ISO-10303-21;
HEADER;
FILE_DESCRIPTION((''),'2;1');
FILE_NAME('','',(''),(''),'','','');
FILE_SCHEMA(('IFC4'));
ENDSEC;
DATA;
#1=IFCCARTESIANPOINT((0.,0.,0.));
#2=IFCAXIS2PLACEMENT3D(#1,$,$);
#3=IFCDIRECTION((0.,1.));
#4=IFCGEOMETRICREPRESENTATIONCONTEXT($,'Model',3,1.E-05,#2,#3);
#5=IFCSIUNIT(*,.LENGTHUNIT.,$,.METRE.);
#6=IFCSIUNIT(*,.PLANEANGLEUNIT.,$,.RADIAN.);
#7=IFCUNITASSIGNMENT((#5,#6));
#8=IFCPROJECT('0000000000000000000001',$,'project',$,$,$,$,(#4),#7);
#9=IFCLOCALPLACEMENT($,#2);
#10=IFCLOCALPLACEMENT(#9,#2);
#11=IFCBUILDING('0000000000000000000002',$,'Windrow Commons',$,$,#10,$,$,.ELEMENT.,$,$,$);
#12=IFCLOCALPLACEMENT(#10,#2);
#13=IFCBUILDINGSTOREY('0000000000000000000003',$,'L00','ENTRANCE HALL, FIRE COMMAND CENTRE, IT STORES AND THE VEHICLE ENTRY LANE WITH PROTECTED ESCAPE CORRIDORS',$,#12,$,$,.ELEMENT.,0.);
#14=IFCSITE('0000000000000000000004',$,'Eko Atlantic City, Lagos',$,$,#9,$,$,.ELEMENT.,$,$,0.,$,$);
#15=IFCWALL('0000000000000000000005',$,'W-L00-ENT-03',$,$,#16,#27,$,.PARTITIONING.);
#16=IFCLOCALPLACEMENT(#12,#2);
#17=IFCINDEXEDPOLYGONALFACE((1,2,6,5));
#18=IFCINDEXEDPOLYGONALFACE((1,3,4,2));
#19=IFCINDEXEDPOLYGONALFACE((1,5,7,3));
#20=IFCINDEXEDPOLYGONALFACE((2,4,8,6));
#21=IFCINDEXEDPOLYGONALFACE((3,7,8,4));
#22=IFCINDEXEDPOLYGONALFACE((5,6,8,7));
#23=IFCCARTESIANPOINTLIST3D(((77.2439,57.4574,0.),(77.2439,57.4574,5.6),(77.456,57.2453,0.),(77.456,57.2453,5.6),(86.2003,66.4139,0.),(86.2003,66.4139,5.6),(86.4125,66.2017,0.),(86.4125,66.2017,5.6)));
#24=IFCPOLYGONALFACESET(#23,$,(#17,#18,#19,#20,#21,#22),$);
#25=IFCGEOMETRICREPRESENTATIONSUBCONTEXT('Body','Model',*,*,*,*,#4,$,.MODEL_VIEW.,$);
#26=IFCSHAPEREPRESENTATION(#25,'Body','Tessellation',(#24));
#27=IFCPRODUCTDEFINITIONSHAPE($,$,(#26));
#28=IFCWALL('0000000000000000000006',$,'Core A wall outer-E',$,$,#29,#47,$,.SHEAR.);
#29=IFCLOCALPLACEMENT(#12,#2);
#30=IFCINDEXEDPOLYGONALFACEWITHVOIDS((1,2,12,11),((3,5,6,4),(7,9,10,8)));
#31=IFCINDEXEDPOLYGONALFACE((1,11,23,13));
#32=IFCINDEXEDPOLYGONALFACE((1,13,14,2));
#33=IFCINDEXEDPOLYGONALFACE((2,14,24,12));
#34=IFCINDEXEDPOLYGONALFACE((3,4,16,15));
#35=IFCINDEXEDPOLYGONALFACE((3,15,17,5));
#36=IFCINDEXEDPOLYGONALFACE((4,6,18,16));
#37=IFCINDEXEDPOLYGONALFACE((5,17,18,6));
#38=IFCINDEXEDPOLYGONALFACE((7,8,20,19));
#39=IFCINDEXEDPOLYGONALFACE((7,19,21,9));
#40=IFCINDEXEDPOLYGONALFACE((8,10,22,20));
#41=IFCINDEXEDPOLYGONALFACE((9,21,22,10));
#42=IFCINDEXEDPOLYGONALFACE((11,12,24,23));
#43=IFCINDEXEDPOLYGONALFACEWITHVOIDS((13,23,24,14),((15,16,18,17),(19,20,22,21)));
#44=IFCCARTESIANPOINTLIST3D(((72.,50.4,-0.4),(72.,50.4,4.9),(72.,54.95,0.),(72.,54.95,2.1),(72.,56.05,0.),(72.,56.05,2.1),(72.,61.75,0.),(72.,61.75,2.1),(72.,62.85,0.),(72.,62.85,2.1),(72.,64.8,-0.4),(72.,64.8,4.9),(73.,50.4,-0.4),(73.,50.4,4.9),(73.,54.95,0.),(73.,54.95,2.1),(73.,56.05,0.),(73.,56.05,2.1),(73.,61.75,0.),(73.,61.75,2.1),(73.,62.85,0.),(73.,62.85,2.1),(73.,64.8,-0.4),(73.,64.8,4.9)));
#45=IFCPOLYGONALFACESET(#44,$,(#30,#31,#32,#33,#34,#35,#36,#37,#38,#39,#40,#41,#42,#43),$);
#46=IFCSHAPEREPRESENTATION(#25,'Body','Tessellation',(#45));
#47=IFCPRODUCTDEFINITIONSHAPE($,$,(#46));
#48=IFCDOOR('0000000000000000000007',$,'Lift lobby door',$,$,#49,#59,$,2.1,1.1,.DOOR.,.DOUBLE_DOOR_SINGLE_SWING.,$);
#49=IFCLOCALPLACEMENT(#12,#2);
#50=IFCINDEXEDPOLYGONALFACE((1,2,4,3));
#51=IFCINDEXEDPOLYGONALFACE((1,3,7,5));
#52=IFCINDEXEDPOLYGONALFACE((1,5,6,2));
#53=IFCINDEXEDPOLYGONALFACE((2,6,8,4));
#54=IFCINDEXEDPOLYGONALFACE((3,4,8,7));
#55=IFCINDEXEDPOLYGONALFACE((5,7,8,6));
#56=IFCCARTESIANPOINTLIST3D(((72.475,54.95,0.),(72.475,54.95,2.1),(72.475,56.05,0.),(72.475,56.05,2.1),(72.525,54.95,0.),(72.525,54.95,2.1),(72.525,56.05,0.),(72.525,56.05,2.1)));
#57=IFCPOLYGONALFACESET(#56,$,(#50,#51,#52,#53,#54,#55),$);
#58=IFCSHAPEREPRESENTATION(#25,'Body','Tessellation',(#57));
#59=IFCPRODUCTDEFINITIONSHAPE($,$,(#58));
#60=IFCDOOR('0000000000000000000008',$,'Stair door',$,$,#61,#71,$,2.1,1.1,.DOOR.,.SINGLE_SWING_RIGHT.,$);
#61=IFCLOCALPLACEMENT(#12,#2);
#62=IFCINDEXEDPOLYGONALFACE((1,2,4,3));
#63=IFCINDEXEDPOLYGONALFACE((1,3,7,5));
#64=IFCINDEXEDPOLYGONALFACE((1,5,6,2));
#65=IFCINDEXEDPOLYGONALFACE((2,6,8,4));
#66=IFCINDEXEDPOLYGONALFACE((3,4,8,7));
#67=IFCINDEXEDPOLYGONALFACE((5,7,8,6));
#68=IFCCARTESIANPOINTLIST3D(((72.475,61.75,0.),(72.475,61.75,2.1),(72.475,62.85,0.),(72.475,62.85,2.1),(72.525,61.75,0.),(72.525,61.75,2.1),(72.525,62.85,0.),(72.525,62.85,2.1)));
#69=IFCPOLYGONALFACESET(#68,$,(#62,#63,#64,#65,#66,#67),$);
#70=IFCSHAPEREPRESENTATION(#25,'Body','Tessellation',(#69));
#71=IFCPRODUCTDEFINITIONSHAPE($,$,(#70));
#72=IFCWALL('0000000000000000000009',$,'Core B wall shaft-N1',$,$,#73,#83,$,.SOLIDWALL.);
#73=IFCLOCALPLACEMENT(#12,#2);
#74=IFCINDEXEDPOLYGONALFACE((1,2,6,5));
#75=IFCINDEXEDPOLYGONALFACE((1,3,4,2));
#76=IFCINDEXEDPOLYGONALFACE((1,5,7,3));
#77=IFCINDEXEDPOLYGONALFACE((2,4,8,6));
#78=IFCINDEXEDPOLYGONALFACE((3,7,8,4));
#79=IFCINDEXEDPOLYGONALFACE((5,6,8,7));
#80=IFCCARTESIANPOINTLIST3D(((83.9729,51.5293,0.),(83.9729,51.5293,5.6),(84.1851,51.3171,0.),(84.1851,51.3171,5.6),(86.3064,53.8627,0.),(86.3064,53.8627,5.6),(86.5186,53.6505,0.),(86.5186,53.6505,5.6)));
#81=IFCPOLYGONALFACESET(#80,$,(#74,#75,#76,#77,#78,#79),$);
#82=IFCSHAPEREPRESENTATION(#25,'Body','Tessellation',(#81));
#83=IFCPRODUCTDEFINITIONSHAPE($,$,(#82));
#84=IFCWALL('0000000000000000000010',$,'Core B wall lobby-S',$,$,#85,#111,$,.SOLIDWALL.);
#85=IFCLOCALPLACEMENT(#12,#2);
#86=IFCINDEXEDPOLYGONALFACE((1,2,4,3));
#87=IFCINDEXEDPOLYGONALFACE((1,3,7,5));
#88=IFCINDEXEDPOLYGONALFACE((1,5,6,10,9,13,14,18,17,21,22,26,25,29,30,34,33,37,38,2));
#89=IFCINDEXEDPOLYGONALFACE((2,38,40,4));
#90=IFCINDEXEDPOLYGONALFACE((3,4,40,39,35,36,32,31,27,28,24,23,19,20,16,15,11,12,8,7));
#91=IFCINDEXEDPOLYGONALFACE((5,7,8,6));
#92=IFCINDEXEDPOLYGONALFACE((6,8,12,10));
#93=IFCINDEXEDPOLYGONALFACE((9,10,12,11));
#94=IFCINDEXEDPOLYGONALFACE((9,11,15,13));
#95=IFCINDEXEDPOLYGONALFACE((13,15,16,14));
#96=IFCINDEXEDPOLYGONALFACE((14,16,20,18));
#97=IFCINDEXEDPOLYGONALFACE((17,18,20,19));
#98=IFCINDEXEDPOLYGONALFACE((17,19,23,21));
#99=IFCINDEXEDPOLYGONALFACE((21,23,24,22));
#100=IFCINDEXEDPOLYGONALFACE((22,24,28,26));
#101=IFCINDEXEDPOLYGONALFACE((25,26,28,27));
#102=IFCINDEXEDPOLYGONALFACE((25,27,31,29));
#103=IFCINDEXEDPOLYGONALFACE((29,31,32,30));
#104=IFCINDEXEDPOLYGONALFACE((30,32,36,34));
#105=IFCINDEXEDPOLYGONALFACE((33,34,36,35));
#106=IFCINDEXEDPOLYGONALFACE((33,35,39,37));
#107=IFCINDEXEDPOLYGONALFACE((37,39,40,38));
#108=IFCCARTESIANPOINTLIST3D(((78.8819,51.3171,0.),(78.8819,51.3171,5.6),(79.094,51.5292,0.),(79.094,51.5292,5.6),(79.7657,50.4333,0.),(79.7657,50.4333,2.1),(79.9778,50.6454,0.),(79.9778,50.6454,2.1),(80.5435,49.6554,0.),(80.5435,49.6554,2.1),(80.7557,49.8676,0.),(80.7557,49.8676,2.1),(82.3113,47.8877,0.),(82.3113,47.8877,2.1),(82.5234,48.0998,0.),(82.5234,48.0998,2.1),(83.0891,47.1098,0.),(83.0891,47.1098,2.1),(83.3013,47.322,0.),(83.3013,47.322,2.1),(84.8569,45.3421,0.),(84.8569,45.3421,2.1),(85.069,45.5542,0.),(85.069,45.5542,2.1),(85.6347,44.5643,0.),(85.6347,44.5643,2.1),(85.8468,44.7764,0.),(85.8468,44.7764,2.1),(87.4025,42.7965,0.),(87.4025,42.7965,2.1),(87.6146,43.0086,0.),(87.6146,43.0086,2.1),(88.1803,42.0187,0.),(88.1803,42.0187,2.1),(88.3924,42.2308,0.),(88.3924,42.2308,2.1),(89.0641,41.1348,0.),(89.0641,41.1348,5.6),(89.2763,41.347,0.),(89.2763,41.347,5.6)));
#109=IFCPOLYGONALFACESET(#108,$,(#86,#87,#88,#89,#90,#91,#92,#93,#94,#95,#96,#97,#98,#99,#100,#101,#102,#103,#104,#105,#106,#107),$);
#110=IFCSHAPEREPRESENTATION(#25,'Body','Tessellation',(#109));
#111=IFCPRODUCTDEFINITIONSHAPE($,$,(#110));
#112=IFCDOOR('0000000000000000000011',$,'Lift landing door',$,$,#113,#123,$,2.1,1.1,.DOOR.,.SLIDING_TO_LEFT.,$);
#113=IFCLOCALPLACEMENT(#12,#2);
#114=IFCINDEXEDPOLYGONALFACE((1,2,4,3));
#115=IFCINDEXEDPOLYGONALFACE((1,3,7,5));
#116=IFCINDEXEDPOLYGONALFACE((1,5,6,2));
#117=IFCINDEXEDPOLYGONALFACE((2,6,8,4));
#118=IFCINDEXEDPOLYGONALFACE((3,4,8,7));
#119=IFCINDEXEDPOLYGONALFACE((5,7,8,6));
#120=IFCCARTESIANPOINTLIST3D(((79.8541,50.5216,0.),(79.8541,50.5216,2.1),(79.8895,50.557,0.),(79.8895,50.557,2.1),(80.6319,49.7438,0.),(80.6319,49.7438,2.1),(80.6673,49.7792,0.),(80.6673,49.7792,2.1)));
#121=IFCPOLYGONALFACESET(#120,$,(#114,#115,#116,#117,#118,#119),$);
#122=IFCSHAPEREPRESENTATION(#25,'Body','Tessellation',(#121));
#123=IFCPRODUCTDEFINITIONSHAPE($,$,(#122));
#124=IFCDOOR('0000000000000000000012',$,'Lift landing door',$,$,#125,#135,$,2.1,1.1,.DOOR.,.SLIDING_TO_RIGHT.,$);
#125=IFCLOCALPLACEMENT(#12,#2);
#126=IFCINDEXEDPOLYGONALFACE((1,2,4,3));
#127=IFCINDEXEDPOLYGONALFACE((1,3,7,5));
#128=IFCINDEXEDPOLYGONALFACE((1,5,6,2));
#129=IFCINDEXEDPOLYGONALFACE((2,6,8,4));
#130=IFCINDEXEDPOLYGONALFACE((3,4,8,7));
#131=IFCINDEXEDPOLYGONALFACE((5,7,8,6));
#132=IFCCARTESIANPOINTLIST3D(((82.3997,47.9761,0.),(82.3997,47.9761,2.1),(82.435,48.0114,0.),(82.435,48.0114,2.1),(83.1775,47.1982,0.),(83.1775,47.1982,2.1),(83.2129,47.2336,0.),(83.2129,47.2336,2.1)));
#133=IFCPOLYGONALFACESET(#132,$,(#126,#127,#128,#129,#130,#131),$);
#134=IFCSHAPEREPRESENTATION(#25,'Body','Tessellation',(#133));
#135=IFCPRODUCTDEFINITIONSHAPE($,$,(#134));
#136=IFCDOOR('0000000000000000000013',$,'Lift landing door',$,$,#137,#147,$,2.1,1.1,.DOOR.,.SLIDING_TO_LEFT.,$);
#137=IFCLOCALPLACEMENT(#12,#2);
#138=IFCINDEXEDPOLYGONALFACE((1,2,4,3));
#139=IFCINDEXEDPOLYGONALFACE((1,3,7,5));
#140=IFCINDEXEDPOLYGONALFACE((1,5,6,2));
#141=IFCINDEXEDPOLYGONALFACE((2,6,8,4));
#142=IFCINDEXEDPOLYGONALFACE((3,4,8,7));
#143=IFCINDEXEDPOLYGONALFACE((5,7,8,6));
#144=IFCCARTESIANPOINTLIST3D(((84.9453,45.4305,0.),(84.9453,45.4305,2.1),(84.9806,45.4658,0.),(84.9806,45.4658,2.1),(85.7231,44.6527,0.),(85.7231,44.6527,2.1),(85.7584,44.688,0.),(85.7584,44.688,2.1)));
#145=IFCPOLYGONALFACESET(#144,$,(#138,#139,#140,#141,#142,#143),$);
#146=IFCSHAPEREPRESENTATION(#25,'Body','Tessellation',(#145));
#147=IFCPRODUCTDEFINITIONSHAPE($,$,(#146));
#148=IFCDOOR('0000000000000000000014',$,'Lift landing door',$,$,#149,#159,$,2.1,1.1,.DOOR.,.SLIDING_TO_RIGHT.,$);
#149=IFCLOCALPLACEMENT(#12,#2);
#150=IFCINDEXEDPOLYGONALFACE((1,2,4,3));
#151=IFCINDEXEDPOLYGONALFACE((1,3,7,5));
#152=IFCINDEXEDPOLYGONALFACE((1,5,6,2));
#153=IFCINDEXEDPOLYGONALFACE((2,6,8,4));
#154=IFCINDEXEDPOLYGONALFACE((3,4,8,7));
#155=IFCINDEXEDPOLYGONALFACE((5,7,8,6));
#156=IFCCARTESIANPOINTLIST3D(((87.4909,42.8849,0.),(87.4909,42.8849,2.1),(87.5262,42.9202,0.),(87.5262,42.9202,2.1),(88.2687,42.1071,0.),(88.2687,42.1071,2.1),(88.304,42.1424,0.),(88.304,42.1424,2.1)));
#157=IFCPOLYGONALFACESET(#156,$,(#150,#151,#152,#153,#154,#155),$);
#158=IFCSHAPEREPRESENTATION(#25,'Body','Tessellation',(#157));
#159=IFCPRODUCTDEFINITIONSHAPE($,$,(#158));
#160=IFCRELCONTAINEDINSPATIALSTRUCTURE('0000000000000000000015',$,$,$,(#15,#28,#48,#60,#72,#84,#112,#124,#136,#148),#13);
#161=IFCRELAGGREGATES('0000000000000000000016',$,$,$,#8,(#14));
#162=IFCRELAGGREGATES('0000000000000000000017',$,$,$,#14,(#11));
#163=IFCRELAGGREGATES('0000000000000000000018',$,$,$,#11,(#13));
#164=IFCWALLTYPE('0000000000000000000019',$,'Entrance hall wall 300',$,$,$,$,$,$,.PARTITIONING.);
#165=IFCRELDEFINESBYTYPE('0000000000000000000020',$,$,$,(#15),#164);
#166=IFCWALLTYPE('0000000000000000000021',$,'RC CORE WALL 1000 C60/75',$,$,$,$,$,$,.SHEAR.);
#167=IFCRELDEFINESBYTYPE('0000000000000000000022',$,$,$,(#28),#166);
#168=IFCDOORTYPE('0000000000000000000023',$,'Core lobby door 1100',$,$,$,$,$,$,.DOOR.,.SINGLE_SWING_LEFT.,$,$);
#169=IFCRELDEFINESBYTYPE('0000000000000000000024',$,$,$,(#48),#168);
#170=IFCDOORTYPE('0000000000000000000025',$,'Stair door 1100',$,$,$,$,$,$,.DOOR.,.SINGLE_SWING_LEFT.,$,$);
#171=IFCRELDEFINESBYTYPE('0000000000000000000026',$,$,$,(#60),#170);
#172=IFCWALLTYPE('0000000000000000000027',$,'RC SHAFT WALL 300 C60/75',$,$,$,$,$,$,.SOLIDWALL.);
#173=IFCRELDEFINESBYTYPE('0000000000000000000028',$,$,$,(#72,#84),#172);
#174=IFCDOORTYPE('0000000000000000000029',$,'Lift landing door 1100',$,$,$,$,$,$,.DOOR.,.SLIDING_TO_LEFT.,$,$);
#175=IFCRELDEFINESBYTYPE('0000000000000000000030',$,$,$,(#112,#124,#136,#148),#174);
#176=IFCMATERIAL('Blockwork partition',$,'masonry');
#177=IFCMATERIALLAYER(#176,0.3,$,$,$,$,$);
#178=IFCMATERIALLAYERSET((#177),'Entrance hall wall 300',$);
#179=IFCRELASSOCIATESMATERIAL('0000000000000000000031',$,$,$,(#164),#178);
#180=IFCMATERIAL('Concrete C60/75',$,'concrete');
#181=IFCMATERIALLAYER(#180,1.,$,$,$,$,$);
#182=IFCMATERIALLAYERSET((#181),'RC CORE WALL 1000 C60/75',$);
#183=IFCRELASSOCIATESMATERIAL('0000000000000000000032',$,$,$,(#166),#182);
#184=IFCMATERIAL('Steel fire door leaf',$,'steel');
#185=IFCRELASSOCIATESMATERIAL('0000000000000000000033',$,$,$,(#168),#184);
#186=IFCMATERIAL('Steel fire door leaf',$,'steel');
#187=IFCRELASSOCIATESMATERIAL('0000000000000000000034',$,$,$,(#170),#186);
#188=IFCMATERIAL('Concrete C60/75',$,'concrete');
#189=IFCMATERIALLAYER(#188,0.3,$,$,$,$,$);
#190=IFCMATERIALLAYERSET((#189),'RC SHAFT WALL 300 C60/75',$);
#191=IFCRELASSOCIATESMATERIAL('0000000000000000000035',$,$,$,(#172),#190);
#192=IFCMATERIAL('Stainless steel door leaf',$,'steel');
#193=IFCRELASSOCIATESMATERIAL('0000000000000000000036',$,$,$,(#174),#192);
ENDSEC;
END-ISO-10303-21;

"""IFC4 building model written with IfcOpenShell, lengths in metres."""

from ifc_helpers import new_model, si_unit, direction, frame, frame_2d, origin, place, context, subcontext, project, spatial, rectangle, extrude, material, layer, layer_set, type_object, element, fill, save


model = new_model("IFC4")

# Units and contexts
model_context = context("Model", 3, precision=1e-05, world=origin(), true_north=direction((0.0, 1.0)))
body_context = subcontext(model_context, "Body", "Model", "MODEL_VIEW")
ifc_project = project(units=[si_unit("LENGTHUNIT", "METRE"), si_unit("PLANEANGLEUNIT", "RADIAN")], contexts=[model_context])

# Site, building, storey
site_placement = place(None, origin())
site = spatial("IfcSite", under=ifc_project, at=site_placement, Name="Eko Atlantic City, Lagos", CompositionType="ELEMENT", RefElevation=0.0)
building_placement = place(site_placement, origin())
building = spatial("IfcBuilding", under=site, at=building_placement, Name="Windrow Commons", CompositionType="ELEMENT")
storey_placement = place(building_placement, origin())
storey = spatial("IfcBuildingStorey", under=building, at=storey_placement, Name="L00", Description="ENTRANCE HALL, FIRE COMMAND CENTRE, IT STORES AND THE VEHICLE ENTRY LANE WITH PROTECTED ESCAPE CORRIDORS", CompositionType="ELEMENT", Elevation=0.0)

# Wall
ifc_material_1 = material(Name="Blockwork partition", Category="masonry")
ifc_layer_1 = layer(ifc_material_1, 0.3)
ifc_layer_set_1 = layer_set([ifc_layer_1], Name="Entrance hall wall 300")
wall_type_1 = type_object("IfcWallType", Name="Entrance hall wall 300", PredefinedType="PARTITIONING", material=ifc_layer_set_1)
wall_1_placement = place(storey_placement, frame((77.35, 57.3514, 0.0), z_axis=(0.0, 0.0, 1.0), x_axis=(0.707107, 0.707107, 0.0)))
element("IfcWall", 1, at=wall_1_placement, inside=storey, type_object=wall_type_1, Name="W-L00-ENT-03", PredefinedType="PARTITIONING", context=body_context, shape_type="SweptSolid", body=[
    extrude(rectangle(XDim=12.6663, YDim=0.3, at=frame_2d((6.3331, 0.0))), origin(), (0.0, 0.0, 1.0), 5.6),
])

# Wall, openings, doors
ifc_material_2 = material(Name="Concrete C60/75", Category="concrete")
ifc_layer_2 = layer(ifc_material_2, 1.0)
ifc_layer_set_2 = layer_set([ifc_layer_2], Name="RC CORE WALL 1000 C60/75")
wall_type_2 = type_object("IfcWallType", Name="RC CORE WALL 1000 C60/75", PredefinedType="SHEAR", material=ifc_layer_set_2)
wall_2_placement = place(storey_placement, frame((72.5, 50.4, -0.4), z_axis=(0.0, 0.0, 1.0), x_axis=(0.0, 1.0, 0.0)))
wall_2 = element("IfcWall", 2, at=wall_2_placement, inside=storey, type_object=wall_type_2, Name="Core A wall outer-E", PredefinedType="SHEAR", context=body_context, shape_type="SweptSolid", body=[
    extrude(rectangle(XDim=14.4, YDim=1.0, at=frame_2d((7.2, 0.0))), origin(), (0.0, 0.0, 1.0), 5.3),
])
opening_1_placement = place(wall_2_placement, frame((4.55, 0.0, 0.4)))
opening_1 = element("IfcOpeningElement", 3, at=opening_1_placement, cuts=wall_2, PredefinedType="OPENING", context=body_context, shape_type="SweptSolid", body=[
    extrude(rectangle(XDim=1.1, YDim=2.1, at=frame_2d((0.55, 1.05))), frame((0.0, 0.51, 0.0), z_axis=(0.0, -1.0, 0.0), x_axis=(1.0, 0.0, 0.0)), (0.0, 0.0, 1.0), 1.02),
])
opening_2_placement = place(wall_2_placement, frame((11.35, 0.0, 0.4)))
opening_2 = element("IfcOpeningElement", 4, at=opening_2_placement, cuts=wall_2, PredefinedType="OPENING", context=body_context, shape_type="SweptSolid", body=[
    extrude(rectangle(XDim=1.1, YDim=2.1, at=frame_2d((0.55, 1.05))), frame((0.0, 0.51, 0.0), z_axis=(0.0, -1.0, 0.0), x_axis=(1.0, 0.0, 0.0)), (0.0, 0.0, 1.0), 1.02),
])
ifc_material_3 = material(Name="Steel fire door leaf", Category="steel")
door_type_1 = type_object("IfcDoorType", Name="Core lobby door 1100", OperationType="SINGLE_SWING_LEFT", PredefinedType="DOOR", material=ifc_material_3)
door_1_placement = place(opening_1_placement, origin())
door_1 = element("IfcDoor", 5, at=door_1_placement, inside=storey, type_object=door_type_1, Name="Lift lobby door", OperationType="DOUBLE_DOOR_SINGLE_SWING", OverallHeight=2.1, OverallWidth=1.1, PredefinedType="DOOR", context=body_context, shape_type="SweptSolid", body=[
    extrude(rectangle(XDim=1.1, YDim=2.1, at=frame_2d((0.55, 1.05))), frame((0.0, 0.025, 0.0), z_axis=(0.0, -1.0, 0.0), x_axis=(1.0, 0.0, 0.0)), (0.0, 0.0, 1.0), 0.05),
])
fill(opening_1, door_1)
ifc_material_4 = material(Name="Steel fire door leaf", Category="steel")
door_type_2 = type_object("IfcDoorType", Name="Stair door 1100", OperationType="SINGLE_SWING_LEFT", PredefinedType="DOOR", material=ifc_material_4)
door_2_placement = place(opening_2_placement, origin())
door_2 = element("IfcDoor", 6, at=door_2_placement, inside=storey, type_object=door_type_2, Name="Stair door", OperationType="SINGLE_SWING_RIGHT", OverallHeight=2.1, OverallWidth=1.1, PredefinedType="DOOR", context=body_context, shape_type="SweptSolid", body=[
    extrude(rectangle(XDim=1.1, YDim=2.1, at=frame_2d((0.55, 1.05))), frame((0.0, 0.025, 0.0), z_axis=(0.0, -1.0, 0.0), x_axis=(1.0, 0.0, 0.0)), (0.0, 0.0, 1.0), 0.05),
])
fill(opening_2, door_2)

# Wall
ifc_material_5 = material(Name="Concrete C60/75", Category="concrete")
ifc_layer_3 = layer(ifc_material_5, 0.3)
ifc_layer_set_3 = layer_set([ifc_layer_3], Name="RC SHAFT WALL 300 C60/75")
wall_type_3 = type_object("IfcWallType", Name="RC SHAFT WALL 300 C60/75", PredefinedType="SOLIDWALL", material=ifc_layer_set_3)
wall_3_placement = place(storey_placement, frame((84.079, 51.4232, 0.0), z_axis=(0.0, 0.0, 1.0), x_axis=(0.707122, 0.707092, 0.0)))
element("IfcWall", 7, at=wall_3_placement, inside=storey, type_object=wall_type_3, Name="Core B wall shaft-N1", PredefinedType="SOLIDWALL", context=body_context, shape_type="SweptSolid", body=[
    extrude(rectangle(XDim=3.3, YDim=0.3, at=frame_2d((1.65, 0.0))), origin(), (0.0, 0.0, 1.0), 5.6),
])

# Wall, openings, doors
wall_4_placement = place(storey_placement, frame((78.9879, 51.4232, 0.0), z_axis=(0.0, 0.0, 1.0), x_axis=(0.707107, -0.707107, 0.0)))
wall_4 = element("IfcWall", 8, at=wall_4_placement, inside=storey, type_object=wall_type_3, Name="Core B wall lobby-S", PredefinedType="SOLIDWALL", context=body_context, shape_type="SweptSolid", body=[
    extrude(rectangle(XDim=14.3999, YDim=0.3, at=frame_2d((7.2, 0.0))), origin(), (0.0, 0.0, 1.0), 5.6),
])
opening_3_placement = place(wall_4_placement, frame((1.25, 0.0, 0.0)))
opening_3 = element("IfcOpeningElement", 9, at=opening_3_placement, cuts=wall_4, PredefinedType="OPENING", context=body_context, shape_type="SweptSolid", body=[
    extrude(rectangle(XDim=1.1, YDim=2.1, at=frame_2d((0.55, 1.05))), frame((0.0, 0.16, 0.0), z_axis=(0.0, -1.0, 0.0), x_axis=(1.0, 0.0, 0.0)), (0.0, 0.0, 1.0), 0.32),
])
opening_4_placement = place(wall_4_placement, frame((4.85, 0.0, 0.0)))
opening_4 = element("IfcOpeningElement", 10, at=opening_4_placement, cuts=wall_4, PredefinedType="OPENING", context=body_context, shape_type="SweptSolid", body=[
    extrude(rectangle(XDim=1.1, YDim=2.1, at=frame_2d((0.55, 1.05))), frame((0.0, 0.16, 0.0), z_axis=(0.0, -1.0, 0.0), x_axis=(1.0, 0.0, 0.0)), (0.0, 0.0, 1.0), 0.32),
])
opening_5_placement = place(wall_4_placement, frame((8.45, 0.0, 0.0)))
opening_5 = element("IfcOpeningElement", 11, at=opening_5_placement, cuts=wall_4, PredefinedType="OPENING", context=body_context, shape_type="SweptSolid", body=[
    extrude(rectangle(XDim=1.1, YDim=2.1, at=frame_2d((0.55, 1.05))), frame((0.0, 0.16, 0.0), z_axis=(0.0, -1.0, 0.0), x_axis=(1.0, 0.0, 0.0)), (0.0, 0.0, 1.0), 0.32),
])
opening_6_placement = place(wall_4_placement, frame((12.05, 0.0, 0.0)))
opening_6 = element("IfcOpeningElement", 12, at=opening_6_placement, cuts=wall_4, PredefinedType="OPENING", context=body_context, shape_type="SweptSolid", body=[
    extrude(rectangle(XDim=1.1, YDim=2.1, at=frame_2d((0.55, 1.05))), frame((0.0, 0.16, 0.0), z_axis=(0.0, -1.0, 0.0), x_axis=(1.0, 0.0, 0.0)), (0.0, 0.0, 1.0), 0.32),
])
ifc_material_6 = material(Name="Stainless steel door leaf", Category="steel")
door_type_3 = type_object("IfcDoorType", Name="Lift landing door 1100", OperationType="SLIDING_TO_LEFT", PredefinedType="DOOR", material=ifc_material_6)
door_3_placement = place(opening_3_placement, origin())
door_3 = element("IfcDoor", 13, at=door_3_placement, inside=storey, type_object=door_type_3, Name="Lift landing door", OperationType="SLIDING_TO_LEFT", OverallHeight=2.1, OverallWidth=1.1, PredefinedType="DOOR", context=body_context, shape_type="SweptSolid", body=[
    extrude(rectangle(XDim=1.1, YDim=2.1, at=frame_2d((0.55, 1.05))), frame((0.0, 0.025, 0.0), z_axis=(0.0, -1.0, 0.0), x_axis=(1.0, 0.0, 0.0)), (0.0, 0.0, 1.0), 0.05),
])
fill(opening_3, door_3)
door_4_placement = place(opening_4_placement, origin())
door_4 = element("IfcDoor", 14, at=door_4_placement, inside=storey, type_object=door_type_3, Name="Lift landing door", OperationType="SLIDING_TO_RIGHT", OverallHeight=2.1, OverallWidth=1.1, PredefinedType="DOOR", context=body_context, shape_type="SweptSolid", body=[
    extrude(rectangle(XDim=1.1, YDim=2.1, at=frame_2d((0.55, 1.05))), frame((0.0, 0.025, 0.0), z_axis=(0.0, -1.0, 0.0), x_axis=(1.0, 0.0, 0.0)), (0.0, 0.0, 1.0), 0.05),
])
fill(opening_4, door_4)
door_5_placement = place(opening_5_placement, origin())
door_5 = element("IfcDoor", 15, at=door_5_placement, inside=storey, type_object=door_type_3, Name="Lift landing door", OperationType="SLIDING_TO_LEFT", OverallHeight=2.1, OverallWidth=1.1, PredefinedType="DOOR", context=body_context, shape_type="SweptSolid", body=[
    extrude(rectangle(XDim=1.1, YDim=2.1, at=frame_2d((0.55, 1.05))), frame((0.0, 0.025, 0.0), z_axis=(0.0, -1.0, 0.0), x_axis=(1.0, 0.0, 0.0)), (0.0, 0.0, 1.0), 0.05),
])
fill(opening_5, door_5)
door_6_placement = place(opening_6_placement, origin())
door_6 = element("IfcDoor", 16, at=door_6_placement, inside=storey, type_object=door_type_3, Name="Lift landing door", OperationType="SLIDING_TO_RIGHT", OverallHeight=2.1, OverallWidth=1.1, PredefinedType="DOOR", context=body_context, shape_type="SweptSolid", body=[
    extrude(rectangle(XDim=1.1, YDim=2.1, at=frame_2d((0.55, 1.05))), frame((0.0, 0.025, 0.0), z_axis=(0.0, -1.0, 0.0), x_axis=(1.0, 0.0, 0.0)), (0.0, 0.0, 1.0), 0.05),
])
fill(opening_6, door_6)

save(model, "model.ifc")
